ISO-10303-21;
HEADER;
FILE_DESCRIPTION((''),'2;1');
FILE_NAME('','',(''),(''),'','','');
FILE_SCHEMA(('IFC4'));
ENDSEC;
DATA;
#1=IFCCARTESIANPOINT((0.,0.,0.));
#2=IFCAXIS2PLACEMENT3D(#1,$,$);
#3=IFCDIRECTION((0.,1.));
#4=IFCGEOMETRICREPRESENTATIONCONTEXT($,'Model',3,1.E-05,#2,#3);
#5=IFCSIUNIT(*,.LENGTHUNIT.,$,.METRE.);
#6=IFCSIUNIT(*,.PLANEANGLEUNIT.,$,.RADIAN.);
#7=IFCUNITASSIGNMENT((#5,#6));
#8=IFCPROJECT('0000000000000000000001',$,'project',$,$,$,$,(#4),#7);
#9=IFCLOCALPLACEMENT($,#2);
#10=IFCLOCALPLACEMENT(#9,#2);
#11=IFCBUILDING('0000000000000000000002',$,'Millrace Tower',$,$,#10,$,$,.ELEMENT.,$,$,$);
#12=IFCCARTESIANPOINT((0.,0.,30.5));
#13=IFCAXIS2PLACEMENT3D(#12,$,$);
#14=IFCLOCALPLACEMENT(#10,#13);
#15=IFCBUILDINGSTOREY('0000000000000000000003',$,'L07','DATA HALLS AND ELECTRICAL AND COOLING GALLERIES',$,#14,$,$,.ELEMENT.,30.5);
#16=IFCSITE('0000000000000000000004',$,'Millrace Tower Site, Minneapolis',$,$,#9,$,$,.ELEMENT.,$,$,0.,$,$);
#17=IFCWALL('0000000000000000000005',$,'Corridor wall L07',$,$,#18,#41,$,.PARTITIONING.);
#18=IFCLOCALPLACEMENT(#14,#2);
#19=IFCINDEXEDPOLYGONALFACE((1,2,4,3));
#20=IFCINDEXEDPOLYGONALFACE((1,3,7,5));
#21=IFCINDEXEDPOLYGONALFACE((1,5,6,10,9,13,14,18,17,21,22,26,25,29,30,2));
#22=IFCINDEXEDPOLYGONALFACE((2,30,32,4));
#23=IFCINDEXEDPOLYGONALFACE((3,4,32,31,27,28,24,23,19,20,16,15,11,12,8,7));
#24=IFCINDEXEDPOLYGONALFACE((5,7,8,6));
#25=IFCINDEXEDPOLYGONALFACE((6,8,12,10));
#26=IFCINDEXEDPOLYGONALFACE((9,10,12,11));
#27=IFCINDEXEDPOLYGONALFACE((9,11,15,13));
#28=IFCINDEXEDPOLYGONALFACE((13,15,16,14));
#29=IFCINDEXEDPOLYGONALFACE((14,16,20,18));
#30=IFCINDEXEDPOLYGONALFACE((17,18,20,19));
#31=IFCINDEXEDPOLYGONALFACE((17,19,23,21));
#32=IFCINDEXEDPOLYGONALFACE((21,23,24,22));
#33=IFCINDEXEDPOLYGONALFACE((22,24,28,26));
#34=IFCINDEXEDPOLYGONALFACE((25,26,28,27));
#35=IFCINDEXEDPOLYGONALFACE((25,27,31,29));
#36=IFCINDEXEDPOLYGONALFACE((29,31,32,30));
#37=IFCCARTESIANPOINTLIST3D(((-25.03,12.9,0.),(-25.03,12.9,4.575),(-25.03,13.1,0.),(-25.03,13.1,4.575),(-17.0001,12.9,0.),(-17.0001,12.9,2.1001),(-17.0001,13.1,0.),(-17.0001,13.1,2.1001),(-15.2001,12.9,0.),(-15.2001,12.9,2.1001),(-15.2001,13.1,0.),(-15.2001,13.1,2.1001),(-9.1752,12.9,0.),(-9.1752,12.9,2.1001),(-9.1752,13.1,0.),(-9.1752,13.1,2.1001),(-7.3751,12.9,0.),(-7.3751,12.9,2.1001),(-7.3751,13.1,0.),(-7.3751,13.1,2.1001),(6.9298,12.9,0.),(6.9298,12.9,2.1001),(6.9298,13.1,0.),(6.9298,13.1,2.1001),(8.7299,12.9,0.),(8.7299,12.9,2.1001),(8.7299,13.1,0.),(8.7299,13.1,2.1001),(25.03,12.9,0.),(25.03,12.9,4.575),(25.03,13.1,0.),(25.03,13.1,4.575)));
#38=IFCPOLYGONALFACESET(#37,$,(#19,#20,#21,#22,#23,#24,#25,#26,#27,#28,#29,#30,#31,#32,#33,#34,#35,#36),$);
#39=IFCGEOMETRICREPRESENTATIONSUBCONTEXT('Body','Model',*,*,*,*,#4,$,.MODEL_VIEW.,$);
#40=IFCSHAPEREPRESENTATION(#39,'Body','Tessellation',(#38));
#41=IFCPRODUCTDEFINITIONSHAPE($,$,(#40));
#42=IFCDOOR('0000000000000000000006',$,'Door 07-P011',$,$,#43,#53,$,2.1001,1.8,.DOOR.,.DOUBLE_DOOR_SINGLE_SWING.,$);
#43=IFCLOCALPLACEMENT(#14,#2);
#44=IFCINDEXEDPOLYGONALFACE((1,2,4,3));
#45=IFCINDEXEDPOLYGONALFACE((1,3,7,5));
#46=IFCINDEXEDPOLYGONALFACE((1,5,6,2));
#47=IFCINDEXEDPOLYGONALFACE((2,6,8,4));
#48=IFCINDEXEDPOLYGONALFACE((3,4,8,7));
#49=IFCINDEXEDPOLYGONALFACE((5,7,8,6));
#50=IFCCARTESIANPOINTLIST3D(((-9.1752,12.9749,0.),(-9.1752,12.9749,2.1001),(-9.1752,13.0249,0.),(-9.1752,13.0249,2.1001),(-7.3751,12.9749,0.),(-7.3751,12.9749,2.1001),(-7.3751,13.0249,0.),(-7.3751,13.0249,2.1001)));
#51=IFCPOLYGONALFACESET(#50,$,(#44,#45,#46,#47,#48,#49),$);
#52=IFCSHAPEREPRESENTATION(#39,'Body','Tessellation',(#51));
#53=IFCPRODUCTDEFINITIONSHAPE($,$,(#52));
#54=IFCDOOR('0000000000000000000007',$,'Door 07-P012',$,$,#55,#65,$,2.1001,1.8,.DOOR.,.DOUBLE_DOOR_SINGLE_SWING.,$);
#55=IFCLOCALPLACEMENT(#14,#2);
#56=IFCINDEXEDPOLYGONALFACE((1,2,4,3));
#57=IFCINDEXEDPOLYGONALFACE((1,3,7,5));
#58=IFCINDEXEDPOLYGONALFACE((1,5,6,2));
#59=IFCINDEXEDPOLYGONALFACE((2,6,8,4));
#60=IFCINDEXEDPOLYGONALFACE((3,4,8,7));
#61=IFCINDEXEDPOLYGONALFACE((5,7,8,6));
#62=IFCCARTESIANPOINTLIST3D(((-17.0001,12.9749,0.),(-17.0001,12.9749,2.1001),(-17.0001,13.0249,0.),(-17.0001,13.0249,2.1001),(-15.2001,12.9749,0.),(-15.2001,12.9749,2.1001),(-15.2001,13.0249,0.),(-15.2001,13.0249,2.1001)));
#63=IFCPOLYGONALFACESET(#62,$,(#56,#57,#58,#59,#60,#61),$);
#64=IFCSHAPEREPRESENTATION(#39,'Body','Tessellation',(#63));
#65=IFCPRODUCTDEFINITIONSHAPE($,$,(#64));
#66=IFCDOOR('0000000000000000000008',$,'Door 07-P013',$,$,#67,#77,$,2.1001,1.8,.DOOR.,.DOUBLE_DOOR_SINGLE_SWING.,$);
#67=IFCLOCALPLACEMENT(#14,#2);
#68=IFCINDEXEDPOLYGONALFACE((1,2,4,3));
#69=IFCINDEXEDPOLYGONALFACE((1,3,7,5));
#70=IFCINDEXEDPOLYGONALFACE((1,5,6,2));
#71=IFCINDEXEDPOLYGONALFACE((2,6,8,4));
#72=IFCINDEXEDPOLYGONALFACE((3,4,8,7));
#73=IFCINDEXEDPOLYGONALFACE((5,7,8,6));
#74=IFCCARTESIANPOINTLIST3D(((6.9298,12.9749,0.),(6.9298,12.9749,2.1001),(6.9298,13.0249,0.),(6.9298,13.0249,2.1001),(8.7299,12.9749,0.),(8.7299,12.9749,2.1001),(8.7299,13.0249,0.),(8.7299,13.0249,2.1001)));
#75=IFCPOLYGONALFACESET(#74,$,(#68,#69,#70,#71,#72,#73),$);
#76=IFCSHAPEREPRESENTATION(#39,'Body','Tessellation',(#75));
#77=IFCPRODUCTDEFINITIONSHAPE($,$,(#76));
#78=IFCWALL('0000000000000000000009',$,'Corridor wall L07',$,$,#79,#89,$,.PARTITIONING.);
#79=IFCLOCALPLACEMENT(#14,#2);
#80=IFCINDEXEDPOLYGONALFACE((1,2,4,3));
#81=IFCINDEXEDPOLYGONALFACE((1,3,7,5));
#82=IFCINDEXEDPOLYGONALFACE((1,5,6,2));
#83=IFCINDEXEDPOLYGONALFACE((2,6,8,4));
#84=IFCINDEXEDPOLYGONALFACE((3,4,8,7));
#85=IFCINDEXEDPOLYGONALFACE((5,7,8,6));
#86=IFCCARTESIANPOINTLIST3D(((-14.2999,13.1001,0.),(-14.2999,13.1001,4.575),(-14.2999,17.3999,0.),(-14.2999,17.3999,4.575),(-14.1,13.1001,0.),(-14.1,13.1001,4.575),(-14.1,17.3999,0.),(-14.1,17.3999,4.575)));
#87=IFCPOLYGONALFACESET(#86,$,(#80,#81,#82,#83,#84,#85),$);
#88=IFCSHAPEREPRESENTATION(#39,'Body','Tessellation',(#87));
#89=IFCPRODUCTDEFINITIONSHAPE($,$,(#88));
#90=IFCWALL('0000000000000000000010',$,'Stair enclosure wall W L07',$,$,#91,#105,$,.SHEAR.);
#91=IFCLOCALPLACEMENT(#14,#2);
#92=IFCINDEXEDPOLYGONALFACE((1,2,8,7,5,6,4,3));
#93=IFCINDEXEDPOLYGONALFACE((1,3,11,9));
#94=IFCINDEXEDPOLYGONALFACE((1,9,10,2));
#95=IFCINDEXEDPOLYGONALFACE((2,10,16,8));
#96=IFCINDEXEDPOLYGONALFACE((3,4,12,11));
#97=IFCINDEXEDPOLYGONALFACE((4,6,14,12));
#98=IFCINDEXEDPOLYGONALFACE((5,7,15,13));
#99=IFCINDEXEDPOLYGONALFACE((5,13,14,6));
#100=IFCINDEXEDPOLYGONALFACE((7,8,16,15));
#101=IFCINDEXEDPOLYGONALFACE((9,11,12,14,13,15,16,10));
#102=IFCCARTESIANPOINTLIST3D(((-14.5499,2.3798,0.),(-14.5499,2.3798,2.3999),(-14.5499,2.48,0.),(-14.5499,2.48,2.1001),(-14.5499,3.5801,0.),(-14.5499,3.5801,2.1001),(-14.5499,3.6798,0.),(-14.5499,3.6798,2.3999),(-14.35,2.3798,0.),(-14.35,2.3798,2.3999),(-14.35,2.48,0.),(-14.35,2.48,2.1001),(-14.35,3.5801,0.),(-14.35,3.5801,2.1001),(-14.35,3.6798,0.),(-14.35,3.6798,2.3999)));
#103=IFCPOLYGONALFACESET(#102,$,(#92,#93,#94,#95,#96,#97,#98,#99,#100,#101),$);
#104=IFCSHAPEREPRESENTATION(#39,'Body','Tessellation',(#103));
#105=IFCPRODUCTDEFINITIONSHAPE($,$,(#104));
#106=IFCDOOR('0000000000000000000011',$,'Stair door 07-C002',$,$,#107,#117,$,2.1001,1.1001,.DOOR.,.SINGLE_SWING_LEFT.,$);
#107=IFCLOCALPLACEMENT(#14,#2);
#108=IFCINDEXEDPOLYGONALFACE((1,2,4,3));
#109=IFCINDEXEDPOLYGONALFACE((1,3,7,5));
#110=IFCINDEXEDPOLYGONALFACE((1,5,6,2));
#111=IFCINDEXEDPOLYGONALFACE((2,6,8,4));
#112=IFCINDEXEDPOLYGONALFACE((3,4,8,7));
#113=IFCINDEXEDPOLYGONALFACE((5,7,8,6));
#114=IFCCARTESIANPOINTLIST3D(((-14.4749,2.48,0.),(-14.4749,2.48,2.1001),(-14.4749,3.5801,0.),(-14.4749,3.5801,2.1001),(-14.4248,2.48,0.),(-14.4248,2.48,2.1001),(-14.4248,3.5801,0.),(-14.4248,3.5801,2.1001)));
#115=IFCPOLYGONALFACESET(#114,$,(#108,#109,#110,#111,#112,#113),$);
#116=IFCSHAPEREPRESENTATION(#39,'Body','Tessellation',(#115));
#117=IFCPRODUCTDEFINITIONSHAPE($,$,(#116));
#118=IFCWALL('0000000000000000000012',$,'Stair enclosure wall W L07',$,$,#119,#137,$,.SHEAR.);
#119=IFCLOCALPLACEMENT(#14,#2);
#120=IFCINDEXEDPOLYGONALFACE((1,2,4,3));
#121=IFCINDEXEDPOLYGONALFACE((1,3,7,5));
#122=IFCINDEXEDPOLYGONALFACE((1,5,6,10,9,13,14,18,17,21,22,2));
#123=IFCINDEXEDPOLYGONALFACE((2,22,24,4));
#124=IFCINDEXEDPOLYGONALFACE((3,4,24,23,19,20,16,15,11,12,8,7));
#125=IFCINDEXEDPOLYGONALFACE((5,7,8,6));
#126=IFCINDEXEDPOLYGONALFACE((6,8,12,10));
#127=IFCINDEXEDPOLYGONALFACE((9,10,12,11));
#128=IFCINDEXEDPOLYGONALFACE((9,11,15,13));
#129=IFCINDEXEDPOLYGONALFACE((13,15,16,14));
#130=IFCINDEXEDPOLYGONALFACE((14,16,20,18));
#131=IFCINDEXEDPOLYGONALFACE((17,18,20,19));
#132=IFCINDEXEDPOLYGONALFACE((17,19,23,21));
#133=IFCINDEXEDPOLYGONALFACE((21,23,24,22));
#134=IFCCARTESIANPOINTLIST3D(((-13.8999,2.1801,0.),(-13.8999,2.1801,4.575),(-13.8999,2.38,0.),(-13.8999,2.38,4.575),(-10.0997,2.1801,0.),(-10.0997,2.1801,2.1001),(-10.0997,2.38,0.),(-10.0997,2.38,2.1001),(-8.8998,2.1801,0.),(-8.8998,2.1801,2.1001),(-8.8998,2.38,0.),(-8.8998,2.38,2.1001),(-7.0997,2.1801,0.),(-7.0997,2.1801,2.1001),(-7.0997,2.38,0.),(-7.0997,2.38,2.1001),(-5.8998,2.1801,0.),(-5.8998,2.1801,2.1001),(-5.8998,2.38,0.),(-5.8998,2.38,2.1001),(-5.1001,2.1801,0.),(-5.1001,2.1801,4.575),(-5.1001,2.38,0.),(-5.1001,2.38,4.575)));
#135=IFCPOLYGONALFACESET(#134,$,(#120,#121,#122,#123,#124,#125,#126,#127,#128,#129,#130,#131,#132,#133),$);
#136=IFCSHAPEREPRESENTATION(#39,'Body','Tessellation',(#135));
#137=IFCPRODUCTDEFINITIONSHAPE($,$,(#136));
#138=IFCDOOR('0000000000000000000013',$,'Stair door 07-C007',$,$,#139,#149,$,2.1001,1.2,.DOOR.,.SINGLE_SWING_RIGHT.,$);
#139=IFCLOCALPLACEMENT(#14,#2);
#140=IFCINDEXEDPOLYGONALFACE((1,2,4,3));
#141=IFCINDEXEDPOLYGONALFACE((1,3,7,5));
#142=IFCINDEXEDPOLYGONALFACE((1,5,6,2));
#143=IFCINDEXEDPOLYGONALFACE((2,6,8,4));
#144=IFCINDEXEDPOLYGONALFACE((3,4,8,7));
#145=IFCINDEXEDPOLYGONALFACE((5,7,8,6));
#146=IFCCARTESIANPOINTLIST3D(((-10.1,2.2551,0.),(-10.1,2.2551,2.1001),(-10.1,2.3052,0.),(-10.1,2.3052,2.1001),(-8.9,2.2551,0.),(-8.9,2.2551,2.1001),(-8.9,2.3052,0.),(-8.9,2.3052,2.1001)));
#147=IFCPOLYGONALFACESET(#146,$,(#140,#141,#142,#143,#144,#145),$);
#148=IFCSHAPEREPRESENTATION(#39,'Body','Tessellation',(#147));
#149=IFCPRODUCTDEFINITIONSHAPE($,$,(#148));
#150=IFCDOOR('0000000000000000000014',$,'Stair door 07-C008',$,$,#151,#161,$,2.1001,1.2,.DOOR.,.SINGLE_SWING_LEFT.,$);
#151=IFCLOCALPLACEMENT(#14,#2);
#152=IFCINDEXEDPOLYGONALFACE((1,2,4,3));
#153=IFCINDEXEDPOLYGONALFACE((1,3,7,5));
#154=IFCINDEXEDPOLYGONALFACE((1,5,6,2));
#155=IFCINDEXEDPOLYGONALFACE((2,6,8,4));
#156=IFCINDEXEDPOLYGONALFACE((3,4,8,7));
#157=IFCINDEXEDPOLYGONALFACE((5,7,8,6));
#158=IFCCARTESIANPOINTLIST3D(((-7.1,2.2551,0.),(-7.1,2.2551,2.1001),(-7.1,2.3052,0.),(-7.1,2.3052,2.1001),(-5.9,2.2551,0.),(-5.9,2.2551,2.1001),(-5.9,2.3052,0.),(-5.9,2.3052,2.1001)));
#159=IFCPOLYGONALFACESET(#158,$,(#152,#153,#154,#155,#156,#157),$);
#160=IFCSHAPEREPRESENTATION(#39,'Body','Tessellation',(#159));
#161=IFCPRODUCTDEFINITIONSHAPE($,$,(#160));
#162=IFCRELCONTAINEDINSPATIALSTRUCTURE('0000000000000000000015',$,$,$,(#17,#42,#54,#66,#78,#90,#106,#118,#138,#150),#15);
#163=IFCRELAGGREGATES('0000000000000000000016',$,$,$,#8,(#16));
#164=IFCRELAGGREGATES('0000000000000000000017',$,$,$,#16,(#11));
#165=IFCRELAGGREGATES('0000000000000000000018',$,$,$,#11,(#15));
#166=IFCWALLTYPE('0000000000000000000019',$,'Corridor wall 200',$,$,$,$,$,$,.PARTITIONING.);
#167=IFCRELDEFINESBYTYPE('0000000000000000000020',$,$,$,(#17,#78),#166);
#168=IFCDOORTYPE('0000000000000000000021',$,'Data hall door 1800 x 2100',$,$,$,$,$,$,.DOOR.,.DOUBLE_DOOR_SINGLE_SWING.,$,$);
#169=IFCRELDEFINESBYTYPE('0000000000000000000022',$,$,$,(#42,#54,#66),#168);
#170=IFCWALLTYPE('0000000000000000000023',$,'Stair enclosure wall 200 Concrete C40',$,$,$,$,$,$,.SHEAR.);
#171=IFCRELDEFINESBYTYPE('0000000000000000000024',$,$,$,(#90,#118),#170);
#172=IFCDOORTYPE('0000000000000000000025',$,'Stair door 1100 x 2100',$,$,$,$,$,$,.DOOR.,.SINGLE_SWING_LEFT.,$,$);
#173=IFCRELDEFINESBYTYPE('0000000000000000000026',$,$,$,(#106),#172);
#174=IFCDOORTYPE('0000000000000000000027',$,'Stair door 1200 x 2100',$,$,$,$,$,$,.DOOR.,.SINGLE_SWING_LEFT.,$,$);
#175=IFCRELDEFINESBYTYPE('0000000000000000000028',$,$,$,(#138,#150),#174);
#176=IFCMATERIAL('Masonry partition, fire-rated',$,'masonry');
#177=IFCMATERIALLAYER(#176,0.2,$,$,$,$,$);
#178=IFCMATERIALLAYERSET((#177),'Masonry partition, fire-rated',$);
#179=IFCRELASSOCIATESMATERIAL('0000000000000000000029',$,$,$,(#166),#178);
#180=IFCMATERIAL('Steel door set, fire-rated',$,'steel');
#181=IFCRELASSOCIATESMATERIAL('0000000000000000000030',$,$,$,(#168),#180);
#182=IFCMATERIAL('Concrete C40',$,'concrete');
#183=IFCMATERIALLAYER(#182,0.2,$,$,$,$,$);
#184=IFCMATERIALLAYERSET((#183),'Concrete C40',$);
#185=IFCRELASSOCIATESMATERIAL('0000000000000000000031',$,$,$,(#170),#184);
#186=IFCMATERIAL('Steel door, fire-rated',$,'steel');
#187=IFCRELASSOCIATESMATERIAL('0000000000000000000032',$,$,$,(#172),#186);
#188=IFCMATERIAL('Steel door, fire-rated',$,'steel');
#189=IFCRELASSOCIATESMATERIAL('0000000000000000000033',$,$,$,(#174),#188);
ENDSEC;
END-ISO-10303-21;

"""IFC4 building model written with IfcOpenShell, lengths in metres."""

from ifc_helpers import new_model, si_unit, direction, frame, frame_2d, origin, place, context, subcontext, project, spatial, rectangle, extrude, material, layer, layer_set, type_object, element, fill, save


model = new_model("IFC4")

# Units and contexts
model_context = context("Model", 3, precision=1e-05, world=origin(), true_north=direction((0.0, 1.0)))
body_context = subcontext(model_context, "Body", "Model", "MODEL_VIEW")
ifc_project = project(units=[si_unit("LENGTHUNIT", "METRE"), si_unit("PLANEANGLEUNIT", "RADIAN")], contexts=[model_context])

# Site, building, storey
site_placement = place(None, origin())
site = spatial("IfcSite", under=ifc_project, at=site_placement, Name="Millrace Tower Site, Minneapolis", CompositionType="ELEMENT", RefElevation=0.0)
building_placement = place(site_placement, origin())
building = spatial("IfcBuilding", under=site, at=building_placement, Name="Millrace Tower", CompositionType="ELEMENT")
storey_placement = place(building_placement, frame((0.0, 0.0, 30.5)))
storey = spatial("IfcBuildingStorey", under=building, at=storey_placement, Name="L07", Description="DATA HALLS AND ELECTRICAL AND COOLING GALLERIES", CompositionType="ELEMENT", Elevation=30.5)

# Shared definitions
ifc_material_1 = material(Name="Masonry partition, fire-rated", Category="masonry")
ifc_layer_1 = layer(ifc_material_1, 0.2)
ifc_layer_set_1 = layer_set([ifc_layer_1], Name="Masonry partition, fire-rated")
wall_type_1 = type_object("IfcWallType", Name="Corridor wall 200", PredefinedType="PARTITIONING", material=ifc_layer_set_1)

# Wall, openings, doors
wall_1_placement = place(storey_placement, frame((-25.03, 13.0, 0.0), z_axis=(0.0, 0.0, 1.0), x_axis=(1.0, 0.0, 0.0)))
wall_1 = element("IfcWall", 1, at=wall_1_placement, inside=storey, type_object=wall_type_1, Name="Corridor wall L07", PredefinedType="PARTITIONING", context=body_context, shape_type="SweptSolid", body=[
    extrude(rectangle(XDim=50.0601, YDim=0.2, at=frame_2d((25.03, 0.0))), origin(), (0.0, 0.0, 1.0), 4.575),
])
opening_1_placement = place(wall_1_placement, frame((15.855, 0.0, 0.0)))
opening_1 = element("IfcOpeningElement", 2, at=opening_1_placement, cuts=wall_1, PredefinedType="OPENING", context=body_context, shape_type="SweptSolid", body=[
    extrude(rectangle(XDim=1.8, YDim=2.1001, at=frame_2d((0.8999, 1.05))), frame((0.0, 0.1099, 0.0), z_axis=(0.0, -1.0, 0.0), x_axis=(1.0, 0.0, 0.0)), (0.0, 0.0, 1.0), 0.22),
])
opening_2_placement = place(wall_1_placement, frame((8.03, 0.0, 0.0)))
opening_2 = element("IfcOpeningElement", 3, at=opening_2_placement, cuts=wall_1, PredefinedType="OPENING", context=body_context, shape_type="SweptSolid", body=[
    extrude(rectangle(XDim=1.8, YDim=2.1001, at=frame_2d((0.8999, 1.05))), frame((0.0, 0.1099, 0.0), z_axis=(0.0, -1.0, 0.0), x_axis=(1.0, 0.0, 0.0)), (0.0, 0.0, 1.0), 0.22),
])
opening_3_placement = place(wall_1_placement, frame((31.96, 0.0, 0.0)))
opening_3 = element("IfcOpeningElement", 4, at=opening_3_placement, cuts=wall_1, PredefinedType="OPENING", context=body_context, shape_type="SweptSolid", body=[
    extrude(rectangle(XDim=1.8, YDim=2.1001, at=frame_2d((0.8999, 1.05))), frame((0.0, 0.1099, 0.0), z_axis=(0.0, -1.0, 0.0), x_axis=(1.0, 0.0, 0.0)), (0.0, 0.0, 1.0), 0.22),
])
ifc_material_2 = material(Name="Steel door set, fire-rated", Category="steel")
door_type_1 = type_object("IfcDoorType", Name="Data hall door 1800 x 2100", OperationType="DOUBLE_DOOR_SINGLE_SWING", PredefinedType="DOOR", material=ifc_material_2)
door_1_placement = place(opening_1_placement, origin())
door_1 = element("IfcDoor", 5, at=door_1_placement, inside=storey, type_object=door_type_1, Name="Door 07-P011", OperationType="DOUBLE_DOOR_SINGLE_SWING", OverallHeight=2.1001, OverallWidth=1.8, PredefinedType="DOOR", context=body_context, shape_type="SweptSolid", body=[
    extrude(rectangle(XDim=1.8, YDim=2.1001, at=frame_2d((0.8999, 1.05))), frame((0.0, 0.0249, 0.0), z_axis=(0.0, -1.0, 0.0), x_axis=(1.0, 0.0, 0.0)), (0.0, 0.0, 1.0), 0.05),
])
fill(opening_1, door_1)
door_2_placement = place(opening_2_placement, origin())
door_2 = element("IfcDoor", 6, at=door_2_placement, inside=storey, type_object=door_type_1, Name="Door 07-P012", OperationType="DOUBLE_DOOR_SINGLE_SWING", OverallHeight=2.1001, OverallWidth=1.8, PredefinedType="DOOR", context=body_context, shape_type="SweptSolid", body=[
    extrude(rectangle(XDim=1.8, YDim=2.1001, at=frame_2d((0.8999, 1.05))), frame((0.0, 0.0249, 0.0), z_axis=(0.0, -1.0, 0.0), x_axis=(1.0, 0.0, 0.0)), (0.0, 0.0, 1.0), 0.05),
])
fill(opening_2, door_2)
door_3_placement = place(opening_3_placement, origin())
door_3 = element("IfcDoor", 7, at=door_3_placement, inside=storey, type_object=door_type_1, Name="Door 07-P013", OperationType="DOUBLE_DOOR_SINGLE_SWING", OverallHeight=2.1001, OverallWidth=1.8, PredefinedType="DOOR", context=body_context, shape_type="SweptSolid", body=[
    extrude(rectangle(XDim=1.8, YDim=2.1001, at=frame_2d((0.8999, 1.05))), frame((0.0, 0.0249, 0.0), z_axis=(0.0, -1.0, 0.0), x_axis=(1.0, 0.0, 0.0)), (0.0, 0.0, 1.0), 0.05),
])
fill(opening_3, door_3)

# Wall
wall_2_placement = place(storey_placement, frame((-14.2, 13.1001, 0.0), z_axis=(0.0, 0.0, 1.0), x_axis=(0.0, 1.0, 0.0)))
element("IfcWall", 8, at=wall_2_placement, inside=storey, type_object=wall_type_1, Name="Corridor wall L07", PredefinedType="PARTITIONING", context=body_context, shape_type="SweptSolid", body=[
    extrude(rectangle(XDim=4.2998, YDim=0.2, at=frame_2d((2.1499, 0.0))), origin(), (0.0, 0.0, 1.0), 4.575),
])

# Wall, opening, door
ifc_material_3 = material(Name="Concrete C40", Category="concrete")
ifc_layer_2 = layer(ifc_material_3, 0.2)
ifc_layer_set_2 = layer_set([ifc_layer_2], Name="Concrete C40")
wall_type_2 = type_object("IfcWallType", Name="Stair enclosure wall 200 Concrete C40", PredefinedType="SHEAR", material=ifc_layer_set_2)
wall_3_placement = place(storey_placement, frame((-14.45, 2.3799, 0.0), z_axis=(0.0, 0.0, 1.0), x_axis=(0.0, 1.0, 0.0)))
wall_3 = element("IfcWall", 9, at=wall_3_placement, inside=storey, type_object=wall_type_2, Name="Stair enclosure wall W L07", PredefinedType="SHEAR", context=body_context, shape_type="SweptSolid", body=[
    extrude(rectangle(XDim=1.3, YDim=0.2, at=frame_2d((0.6499, 0.0))), origin(), (0.0, 0.0, 1.0), 2.3999),
])
opening_4_placement = place(wall_3_placement, frame((0.1001, 0.0, 0.0)))
opening_4 = element("IfcOpeningElement", 10, at=opening_4_placement, cuts=wall_3, PredefinedType="OPENING", context=body_context, shape_type="SweptSolid", body=[
    extrude(rectangle(XDim=1.1001, YDim=2.1001, at=frame_2d((0.55, 1.05))), frame((0.0, 0.1099, 0.0), z_axis=(0.0, -1.0, 0.0), x_axis=(1.0, 0.0, 0.0)), (0.0, 0.0, 1.0), 0.22),
])
ifc_material_4 = material(Name="Steel door, fire-rated", Category="steel")
door_type_2 = type_object("IfcDoorType", Name="Stair door 1100 x 2100", OperationType="SINGLE_SWING_LEFT", PredefinedType="DOOR", material=ifc_material_4)
door_4_placement = place(opening_4_placement, origin())
door_4 = element("IfcDoor", 11, at=door_4_placement, inside=storey, type_object=door_type_2, Name="Stair door 07-C002", OperationType="SINGLE_SWING_LEFT", OverallHeight=2.1001, OverallWidth=1.1001, PredefinedType="DOOR", context=body_context, shape_type="SweptSolid", body=[
    extrude(rectangle(XDim=1.1001, YDim=2.1001, at=frame_2d((0.55, 1.05))), frame((0.0, 0.0249, 0.0), z_axis=(0.0, -1.0, 0.0), x_axis=(1.0, 0.0, 0.0)), (0.0, 0.0, 1.0), 0.05),
])
fill(opening_4, door_4)

# Wall, openings, doors
wall_4_placement = place(storey_placement, frame((-13.8999, 2.28, 0.0), z_axis=(0.0, 0.0, 1.0), x_axis=(1.0, 0.0, 0.0)))
wall_4 = element("IfcWall", 12, at=wall_4_placement, inside=storey, type_object=wall_type_2, Name="Stair enclosure wall W L07", PredefinedType="SHEAR", context=body_context, shape_type="SweptSolid", body=[
    extrude(rectangle(XDim=8.7998, YDim=0.2, at=frame_2d((4.3999, 0.0))), origin(), (0.0, 0.0, 1.0), 4.575),
])
opening_5_placement = place(wall_4_placement, frame((3.8, 0.0, 0.0)))
opening_5 = element("IfcOpeningElement", 13, at=opening_5_placement, cuts=wall_4, PredefinedType="OPENING", context=body_context, shape_type="SweptSolid", body=[
    extrude(rectangle(XDim=1.2, YDim=2.1001, at=frame_2d((0.6001, 1.05))), frame((0.0, 0.1099, 0.0), z_axis=(0.0, -1.0, 0.0), x_axis=(1.0, 0.0, 0.0)), (0.0, 0.0, 1.0), 0.22),
])
opening_6_placement = place(wall_4_placement, frame((6.8, 0.0, 0.0)))
opening_6 = element("IfcOpeningElement", 14, at=opening_6_placement, cuts=wall_4, PredefinedType="OPENING", context=body_context, shape_type="SweptSolid", body=[
    extrude(rectangle(XDim=1.2, YDim=2.1001, at=frame_2d((0.6001, 1.05))), frame((0.0, 0.1099, 0.0), z_axis=(0.0, -1.0, 0.0), x_axis=(1.0, 0.0, 0.0)), (0.0, 0.0, 1.0), 0.22),
])
ifc_material_5 = material(Name="Steel door, fire-rated", Category="steel")
door_type_3 = type_object("IfcDoorType", Name="Stair door 1200 x 2100", OperationType="SINGLE_SWING_LEFT", PredefinedType="DOOR", material=ifc_material_5)
door_5_placement = place(opening_5_placement, frame((1.2, 0.0, 0.0), z_axis=(0.0, 0.0, 1.0), x_axis=(-1.0, 0.0, 0.0)))
door_5 = element("IfcDoor", 15, at=door_5_placement, inside=storey, type_object=door_type_3, Name="Stair door 07-C007", OperationType="SINGLE_SWING_RIGHT", OverallHeight=2.1001, OverallWidth=1.2, PredefinedType="DOOR", context=body_context, shape_type="SweptSolid", body=[
    extrude(rectangle(XDim=1.2, YDim=2.1001, at=frame_2d((0.6001, 1.05))), frame((0.0, 0.0249, 0.0), z_axis=(0.0, -1.0, 0.0), x_axis=(1.0, 0.0, 0.0)), (0.0, 0.0, 1.0), 0.05),
])
fill(opening_5, door_5)
door_6_placement = place(opening_6_placement, frame((1.2, 0.0, 0.0), z_axis=(0.0, 0.0, 1.0), x_axis=(-1.0, 0.0, 0.0)))
door_6 = element("IfcDoor", 16, at=door_6_placement, inside=storey, type_object=door_type_3, Name="Stair door 07-C008", OperationType="SINGLE_SWING_LEFT", OverallHeight=2.1001, OverallWidth=1.2, PredefinedType="DOOR", context=body_context, shape_type="SweptSolid", body=[
    extrude(rectangle(XDim=1.2, YDim=2.1001, at=frame_2d((0.6001, 1.05))), frame((0.0, 0.0249, 0.0), z_axis=(0.0, -1.0, 0.0), x_axis=(1.0, 0.0, 0.0)), (0.0, 0.0, 1.0), 0.05),
])
fill(opening_6, door_6)

save(model, "model.ifc")
